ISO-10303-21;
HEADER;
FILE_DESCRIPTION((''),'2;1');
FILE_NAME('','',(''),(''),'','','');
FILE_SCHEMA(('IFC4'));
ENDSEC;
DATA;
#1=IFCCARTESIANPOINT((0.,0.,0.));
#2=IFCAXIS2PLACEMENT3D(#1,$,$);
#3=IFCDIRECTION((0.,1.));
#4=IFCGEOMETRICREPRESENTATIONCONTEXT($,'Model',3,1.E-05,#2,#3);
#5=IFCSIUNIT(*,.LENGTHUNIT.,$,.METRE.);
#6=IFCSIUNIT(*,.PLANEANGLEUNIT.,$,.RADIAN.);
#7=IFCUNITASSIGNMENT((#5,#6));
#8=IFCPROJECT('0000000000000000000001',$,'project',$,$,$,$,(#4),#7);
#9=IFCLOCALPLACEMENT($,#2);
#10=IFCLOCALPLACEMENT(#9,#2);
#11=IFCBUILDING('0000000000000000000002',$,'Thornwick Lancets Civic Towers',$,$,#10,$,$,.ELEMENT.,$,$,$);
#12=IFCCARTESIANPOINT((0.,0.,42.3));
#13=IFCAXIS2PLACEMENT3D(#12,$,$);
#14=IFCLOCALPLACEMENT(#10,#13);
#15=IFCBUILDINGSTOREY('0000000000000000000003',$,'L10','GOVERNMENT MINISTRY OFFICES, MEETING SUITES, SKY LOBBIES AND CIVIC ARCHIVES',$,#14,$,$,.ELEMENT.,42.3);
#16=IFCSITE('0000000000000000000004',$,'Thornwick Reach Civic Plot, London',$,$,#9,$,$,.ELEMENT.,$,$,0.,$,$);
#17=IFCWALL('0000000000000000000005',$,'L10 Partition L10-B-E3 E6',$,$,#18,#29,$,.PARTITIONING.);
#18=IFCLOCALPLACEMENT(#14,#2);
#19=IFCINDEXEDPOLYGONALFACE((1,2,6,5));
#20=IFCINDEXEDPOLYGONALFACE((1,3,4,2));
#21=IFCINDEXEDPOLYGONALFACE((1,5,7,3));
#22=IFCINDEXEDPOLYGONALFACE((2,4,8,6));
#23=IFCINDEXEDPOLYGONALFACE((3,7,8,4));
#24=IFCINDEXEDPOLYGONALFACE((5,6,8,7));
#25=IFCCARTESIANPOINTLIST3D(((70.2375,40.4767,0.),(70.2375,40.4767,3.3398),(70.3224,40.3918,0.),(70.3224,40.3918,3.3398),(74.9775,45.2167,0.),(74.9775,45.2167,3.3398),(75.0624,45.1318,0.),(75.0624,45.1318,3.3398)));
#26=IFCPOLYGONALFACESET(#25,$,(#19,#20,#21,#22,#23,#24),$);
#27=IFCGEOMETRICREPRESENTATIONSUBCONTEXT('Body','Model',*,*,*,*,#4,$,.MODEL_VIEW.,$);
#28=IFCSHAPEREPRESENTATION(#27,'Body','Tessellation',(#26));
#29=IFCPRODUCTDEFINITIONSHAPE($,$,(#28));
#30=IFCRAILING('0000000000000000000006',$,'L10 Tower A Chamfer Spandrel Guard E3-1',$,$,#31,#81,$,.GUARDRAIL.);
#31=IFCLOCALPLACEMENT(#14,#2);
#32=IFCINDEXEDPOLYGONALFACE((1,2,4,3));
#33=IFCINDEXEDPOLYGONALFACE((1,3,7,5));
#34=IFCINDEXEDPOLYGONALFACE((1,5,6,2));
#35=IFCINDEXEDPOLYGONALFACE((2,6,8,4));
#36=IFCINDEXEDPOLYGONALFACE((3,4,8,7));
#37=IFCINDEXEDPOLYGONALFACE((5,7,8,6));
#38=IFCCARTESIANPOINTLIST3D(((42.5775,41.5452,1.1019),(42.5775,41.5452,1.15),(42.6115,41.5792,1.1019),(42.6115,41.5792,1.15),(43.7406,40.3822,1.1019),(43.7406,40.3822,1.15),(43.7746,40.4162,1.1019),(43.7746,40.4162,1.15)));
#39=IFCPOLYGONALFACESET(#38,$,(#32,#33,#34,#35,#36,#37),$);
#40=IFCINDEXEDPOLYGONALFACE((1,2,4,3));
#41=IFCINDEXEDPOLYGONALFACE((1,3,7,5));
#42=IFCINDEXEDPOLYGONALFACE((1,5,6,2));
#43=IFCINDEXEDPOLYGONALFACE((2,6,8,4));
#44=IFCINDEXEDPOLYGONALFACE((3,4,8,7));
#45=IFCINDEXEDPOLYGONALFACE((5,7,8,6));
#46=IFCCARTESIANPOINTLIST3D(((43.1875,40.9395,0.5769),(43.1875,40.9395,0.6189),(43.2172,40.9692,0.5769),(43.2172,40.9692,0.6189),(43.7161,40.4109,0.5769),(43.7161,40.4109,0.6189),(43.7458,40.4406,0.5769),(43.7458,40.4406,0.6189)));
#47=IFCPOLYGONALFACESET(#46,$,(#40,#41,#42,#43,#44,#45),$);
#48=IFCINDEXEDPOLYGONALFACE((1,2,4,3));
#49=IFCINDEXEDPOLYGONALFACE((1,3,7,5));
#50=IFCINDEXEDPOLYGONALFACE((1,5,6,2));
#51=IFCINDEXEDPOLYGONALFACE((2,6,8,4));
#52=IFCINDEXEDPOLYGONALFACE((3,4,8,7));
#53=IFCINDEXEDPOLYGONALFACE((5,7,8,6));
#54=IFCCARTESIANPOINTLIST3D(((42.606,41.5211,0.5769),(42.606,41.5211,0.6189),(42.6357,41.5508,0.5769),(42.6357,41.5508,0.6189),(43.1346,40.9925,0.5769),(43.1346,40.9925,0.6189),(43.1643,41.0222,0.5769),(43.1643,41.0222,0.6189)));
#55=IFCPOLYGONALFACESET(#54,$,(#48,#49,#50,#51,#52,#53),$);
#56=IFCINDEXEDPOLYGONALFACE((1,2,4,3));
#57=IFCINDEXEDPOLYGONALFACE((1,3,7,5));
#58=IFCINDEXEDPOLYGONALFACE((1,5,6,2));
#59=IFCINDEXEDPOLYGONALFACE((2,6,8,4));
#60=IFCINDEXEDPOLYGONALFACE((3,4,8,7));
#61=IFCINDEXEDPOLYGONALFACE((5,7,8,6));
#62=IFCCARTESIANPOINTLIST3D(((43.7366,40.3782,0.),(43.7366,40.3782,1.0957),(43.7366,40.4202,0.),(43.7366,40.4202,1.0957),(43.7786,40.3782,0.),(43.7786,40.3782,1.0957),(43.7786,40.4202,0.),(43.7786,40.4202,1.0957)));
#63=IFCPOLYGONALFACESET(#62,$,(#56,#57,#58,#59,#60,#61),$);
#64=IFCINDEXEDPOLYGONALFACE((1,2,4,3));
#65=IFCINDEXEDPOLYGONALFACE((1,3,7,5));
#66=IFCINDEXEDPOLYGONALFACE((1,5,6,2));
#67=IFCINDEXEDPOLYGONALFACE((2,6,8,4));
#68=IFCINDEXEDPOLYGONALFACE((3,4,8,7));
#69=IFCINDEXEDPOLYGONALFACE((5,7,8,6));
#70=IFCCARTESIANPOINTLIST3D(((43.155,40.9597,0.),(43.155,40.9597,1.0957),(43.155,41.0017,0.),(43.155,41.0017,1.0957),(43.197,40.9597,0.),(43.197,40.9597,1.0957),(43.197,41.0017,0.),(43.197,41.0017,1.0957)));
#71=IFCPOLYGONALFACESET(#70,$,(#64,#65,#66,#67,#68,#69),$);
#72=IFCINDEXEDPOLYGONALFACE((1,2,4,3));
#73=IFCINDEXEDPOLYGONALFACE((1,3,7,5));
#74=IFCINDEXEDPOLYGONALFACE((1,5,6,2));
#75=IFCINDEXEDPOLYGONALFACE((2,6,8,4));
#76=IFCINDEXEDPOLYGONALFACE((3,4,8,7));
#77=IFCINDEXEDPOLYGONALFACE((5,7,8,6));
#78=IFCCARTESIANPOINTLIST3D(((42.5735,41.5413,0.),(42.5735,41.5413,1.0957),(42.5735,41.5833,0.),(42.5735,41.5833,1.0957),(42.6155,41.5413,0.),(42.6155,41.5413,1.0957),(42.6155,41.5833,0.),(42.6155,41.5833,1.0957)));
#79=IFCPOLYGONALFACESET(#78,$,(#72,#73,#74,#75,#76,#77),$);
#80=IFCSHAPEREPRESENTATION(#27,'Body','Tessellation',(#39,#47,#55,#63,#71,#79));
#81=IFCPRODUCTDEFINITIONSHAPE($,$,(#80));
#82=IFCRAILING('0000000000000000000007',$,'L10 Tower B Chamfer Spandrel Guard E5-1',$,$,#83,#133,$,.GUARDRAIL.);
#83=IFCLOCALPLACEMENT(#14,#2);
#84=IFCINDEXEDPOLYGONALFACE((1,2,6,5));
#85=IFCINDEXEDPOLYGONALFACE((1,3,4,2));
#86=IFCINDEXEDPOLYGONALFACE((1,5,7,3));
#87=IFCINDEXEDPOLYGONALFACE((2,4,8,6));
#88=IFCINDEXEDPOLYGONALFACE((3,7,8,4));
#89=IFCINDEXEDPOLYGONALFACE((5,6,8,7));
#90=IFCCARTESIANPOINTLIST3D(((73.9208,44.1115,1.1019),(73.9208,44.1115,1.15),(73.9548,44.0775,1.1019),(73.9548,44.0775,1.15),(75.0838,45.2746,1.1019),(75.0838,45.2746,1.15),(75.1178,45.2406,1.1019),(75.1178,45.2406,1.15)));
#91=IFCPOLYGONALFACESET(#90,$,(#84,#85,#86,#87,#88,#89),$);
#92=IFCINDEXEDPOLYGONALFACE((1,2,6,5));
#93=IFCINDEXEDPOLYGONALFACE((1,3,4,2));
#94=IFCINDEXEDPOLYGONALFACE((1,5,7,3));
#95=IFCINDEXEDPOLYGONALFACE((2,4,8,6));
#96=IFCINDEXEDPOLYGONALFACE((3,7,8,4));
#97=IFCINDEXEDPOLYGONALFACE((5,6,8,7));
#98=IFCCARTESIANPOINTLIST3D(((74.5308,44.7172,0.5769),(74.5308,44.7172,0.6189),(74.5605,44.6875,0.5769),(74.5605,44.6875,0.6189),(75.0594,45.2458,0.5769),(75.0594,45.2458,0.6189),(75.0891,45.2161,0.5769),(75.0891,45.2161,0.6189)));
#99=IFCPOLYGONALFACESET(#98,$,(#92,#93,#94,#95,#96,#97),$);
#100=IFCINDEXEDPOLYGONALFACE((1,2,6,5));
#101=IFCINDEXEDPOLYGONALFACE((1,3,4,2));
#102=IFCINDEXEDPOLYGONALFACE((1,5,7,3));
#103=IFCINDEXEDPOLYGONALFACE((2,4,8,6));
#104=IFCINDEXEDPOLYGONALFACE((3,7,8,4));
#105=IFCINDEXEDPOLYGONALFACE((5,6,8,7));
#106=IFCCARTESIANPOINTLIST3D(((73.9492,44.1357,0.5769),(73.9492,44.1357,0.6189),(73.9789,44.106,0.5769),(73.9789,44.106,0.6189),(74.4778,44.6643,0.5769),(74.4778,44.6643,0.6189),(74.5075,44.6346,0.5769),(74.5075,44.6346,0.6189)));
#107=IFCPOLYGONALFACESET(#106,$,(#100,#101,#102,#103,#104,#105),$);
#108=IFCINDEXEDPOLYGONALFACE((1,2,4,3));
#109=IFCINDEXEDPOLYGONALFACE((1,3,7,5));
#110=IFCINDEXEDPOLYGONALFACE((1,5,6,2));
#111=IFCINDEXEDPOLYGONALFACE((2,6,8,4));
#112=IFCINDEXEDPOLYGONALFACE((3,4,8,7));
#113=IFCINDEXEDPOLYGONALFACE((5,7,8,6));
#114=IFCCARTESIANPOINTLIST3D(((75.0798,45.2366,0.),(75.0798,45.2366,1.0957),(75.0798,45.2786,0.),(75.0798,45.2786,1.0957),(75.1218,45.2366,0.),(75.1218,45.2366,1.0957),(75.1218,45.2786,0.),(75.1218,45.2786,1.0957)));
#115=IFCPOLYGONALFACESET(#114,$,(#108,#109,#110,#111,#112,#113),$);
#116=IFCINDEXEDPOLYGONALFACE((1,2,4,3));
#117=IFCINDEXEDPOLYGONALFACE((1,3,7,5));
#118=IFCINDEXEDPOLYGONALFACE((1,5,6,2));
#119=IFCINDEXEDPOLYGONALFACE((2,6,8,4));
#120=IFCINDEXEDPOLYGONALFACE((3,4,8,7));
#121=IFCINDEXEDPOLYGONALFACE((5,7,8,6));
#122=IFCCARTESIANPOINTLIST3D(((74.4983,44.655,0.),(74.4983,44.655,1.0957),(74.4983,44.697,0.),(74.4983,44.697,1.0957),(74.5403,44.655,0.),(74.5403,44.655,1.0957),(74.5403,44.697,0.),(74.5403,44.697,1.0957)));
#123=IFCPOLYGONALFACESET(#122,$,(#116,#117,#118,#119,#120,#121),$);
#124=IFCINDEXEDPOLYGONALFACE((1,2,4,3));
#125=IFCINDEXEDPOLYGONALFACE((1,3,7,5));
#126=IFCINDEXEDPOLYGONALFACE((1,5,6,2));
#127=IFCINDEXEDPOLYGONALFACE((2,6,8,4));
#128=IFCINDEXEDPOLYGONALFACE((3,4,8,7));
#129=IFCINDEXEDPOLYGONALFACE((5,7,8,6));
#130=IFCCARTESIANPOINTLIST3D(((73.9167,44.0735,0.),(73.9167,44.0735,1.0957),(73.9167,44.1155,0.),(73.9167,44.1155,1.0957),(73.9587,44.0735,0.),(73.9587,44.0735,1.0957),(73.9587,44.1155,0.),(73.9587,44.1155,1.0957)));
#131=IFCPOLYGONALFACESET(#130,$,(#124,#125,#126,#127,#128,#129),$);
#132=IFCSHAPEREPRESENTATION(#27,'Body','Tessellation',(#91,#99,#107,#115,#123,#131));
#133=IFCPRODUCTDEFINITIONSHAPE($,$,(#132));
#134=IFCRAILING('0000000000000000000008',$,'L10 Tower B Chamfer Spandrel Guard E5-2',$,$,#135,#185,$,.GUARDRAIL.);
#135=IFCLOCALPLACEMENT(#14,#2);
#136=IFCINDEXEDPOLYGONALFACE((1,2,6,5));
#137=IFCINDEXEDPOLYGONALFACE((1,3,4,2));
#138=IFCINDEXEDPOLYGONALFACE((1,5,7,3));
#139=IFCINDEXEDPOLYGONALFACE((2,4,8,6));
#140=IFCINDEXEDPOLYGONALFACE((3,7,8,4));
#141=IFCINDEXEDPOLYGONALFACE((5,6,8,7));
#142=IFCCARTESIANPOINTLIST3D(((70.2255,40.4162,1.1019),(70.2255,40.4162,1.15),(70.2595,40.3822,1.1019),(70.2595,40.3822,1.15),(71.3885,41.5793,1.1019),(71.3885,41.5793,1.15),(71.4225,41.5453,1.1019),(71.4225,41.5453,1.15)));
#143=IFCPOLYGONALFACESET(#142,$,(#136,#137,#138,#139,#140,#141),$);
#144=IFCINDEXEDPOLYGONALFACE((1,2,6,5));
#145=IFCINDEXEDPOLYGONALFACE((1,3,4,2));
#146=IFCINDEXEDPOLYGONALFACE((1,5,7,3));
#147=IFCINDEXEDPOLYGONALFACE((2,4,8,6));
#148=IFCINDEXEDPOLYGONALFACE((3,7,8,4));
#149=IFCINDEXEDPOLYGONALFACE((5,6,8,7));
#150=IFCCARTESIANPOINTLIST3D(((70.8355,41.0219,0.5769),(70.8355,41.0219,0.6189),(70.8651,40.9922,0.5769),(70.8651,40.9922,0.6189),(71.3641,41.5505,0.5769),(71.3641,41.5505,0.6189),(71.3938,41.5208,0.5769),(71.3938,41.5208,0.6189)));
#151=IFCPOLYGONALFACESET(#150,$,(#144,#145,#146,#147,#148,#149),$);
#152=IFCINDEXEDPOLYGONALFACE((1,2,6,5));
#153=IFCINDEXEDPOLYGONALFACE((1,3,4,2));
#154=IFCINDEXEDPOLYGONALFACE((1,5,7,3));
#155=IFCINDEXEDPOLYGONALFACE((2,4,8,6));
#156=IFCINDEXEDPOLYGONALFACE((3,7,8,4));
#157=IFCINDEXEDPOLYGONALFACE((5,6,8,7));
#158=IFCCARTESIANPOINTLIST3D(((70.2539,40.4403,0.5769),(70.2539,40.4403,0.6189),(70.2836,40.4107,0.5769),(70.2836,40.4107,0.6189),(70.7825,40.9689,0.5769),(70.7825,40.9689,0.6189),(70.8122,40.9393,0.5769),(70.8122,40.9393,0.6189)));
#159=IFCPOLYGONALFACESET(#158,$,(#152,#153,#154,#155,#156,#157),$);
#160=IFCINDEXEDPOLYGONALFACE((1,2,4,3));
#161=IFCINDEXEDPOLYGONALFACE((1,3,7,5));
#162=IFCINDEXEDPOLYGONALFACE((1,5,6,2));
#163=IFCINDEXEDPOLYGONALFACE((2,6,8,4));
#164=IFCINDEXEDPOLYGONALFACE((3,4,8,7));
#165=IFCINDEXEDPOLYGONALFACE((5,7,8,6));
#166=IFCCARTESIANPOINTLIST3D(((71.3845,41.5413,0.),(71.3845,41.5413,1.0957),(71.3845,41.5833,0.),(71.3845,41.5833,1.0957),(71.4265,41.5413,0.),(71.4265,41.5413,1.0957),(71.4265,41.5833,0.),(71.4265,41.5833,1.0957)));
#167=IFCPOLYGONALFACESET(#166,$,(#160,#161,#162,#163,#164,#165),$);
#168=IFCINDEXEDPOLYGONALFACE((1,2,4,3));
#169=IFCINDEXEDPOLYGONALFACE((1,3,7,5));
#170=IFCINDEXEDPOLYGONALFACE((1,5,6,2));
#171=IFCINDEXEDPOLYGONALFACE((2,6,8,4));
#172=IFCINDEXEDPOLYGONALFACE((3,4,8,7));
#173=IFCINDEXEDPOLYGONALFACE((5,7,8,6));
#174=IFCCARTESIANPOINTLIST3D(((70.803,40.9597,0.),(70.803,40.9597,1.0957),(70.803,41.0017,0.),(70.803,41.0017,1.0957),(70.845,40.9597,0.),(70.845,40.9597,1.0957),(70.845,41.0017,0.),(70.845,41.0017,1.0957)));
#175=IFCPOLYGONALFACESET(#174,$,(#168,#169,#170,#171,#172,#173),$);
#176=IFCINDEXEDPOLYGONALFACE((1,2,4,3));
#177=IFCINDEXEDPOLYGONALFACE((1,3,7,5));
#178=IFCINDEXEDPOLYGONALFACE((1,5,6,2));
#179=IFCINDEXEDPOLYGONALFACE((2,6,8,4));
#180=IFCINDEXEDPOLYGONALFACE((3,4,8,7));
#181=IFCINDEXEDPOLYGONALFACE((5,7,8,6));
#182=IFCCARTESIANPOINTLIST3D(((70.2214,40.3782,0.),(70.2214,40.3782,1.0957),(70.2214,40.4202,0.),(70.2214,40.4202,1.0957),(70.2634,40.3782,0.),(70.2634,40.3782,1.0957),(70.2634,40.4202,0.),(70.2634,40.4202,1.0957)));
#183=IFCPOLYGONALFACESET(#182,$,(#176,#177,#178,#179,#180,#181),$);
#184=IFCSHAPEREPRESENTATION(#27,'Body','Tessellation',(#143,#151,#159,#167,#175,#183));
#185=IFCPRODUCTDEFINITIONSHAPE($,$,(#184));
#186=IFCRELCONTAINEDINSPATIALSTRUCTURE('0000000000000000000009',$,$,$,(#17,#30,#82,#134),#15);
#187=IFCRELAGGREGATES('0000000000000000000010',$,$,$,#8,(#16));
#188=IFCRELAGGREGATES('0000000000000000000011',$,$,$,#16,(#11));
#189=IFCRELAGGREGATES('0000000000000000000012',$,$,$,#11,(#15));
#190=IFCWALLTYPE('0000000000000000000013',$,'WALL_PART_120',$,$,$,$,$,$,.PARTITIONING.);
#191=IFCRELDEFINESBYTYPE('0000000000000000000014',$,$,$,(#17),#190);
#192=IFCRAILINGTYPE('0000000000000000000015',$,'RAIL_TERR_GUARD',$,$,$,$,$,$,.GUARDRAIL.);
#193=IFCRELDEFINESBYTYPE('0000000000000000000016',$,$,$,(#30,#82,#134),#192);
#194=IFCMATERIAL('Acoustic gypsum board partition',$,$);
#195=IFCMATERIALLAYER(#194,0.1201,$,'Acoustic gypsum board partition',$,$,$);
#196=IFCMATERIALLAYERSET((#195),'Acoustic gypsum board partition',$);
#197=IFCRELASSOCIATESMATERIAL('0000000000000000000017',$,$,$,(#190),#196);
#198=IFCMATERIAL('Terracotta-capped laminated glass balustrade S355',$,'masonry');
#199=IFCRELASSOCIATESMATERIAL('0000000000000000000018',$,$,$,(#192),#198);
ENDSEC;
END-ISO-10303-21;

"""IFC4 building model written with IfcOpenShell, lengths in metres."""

from ifc_helpers import new_model, si_unit, direction, frame, frame_2d, origin, origin_2d, place, context, subcontext, project, spatial, rectangle, extrude, material, layer, layer_set, type_object, element, save


model = new_model("IFC4")

# Units and contexts
model_context = context("Model", 3, precision=1e-05, world=origin(), true_north=direction((0.0, 1.0)))
body_context = subcontext(model_context, "Body", "Model", "MODEL_VIEW")
ifc_project = project(units=[si_unit("LENGTHUNIT", "METRE"), si_unit("PLANEANGLEUNIT", "RADIAN")], contexts=[model_context])

# Site, building, storey
site_placement = place(None, origin())
site = spatial("IfcSite", under=ifc_project, at=site_placement, Name="Thornwick Reach Civic Plot, London", CompositionType="ELEMENT", RefElevation=0.0)
building_placement = place(site_placement, origin())
building = spatial("IfcBuilding", under=site, at=building_placement, Name="Thornwick Lancets Civic Towers", CompositionType="ELEMENT")
storey_placement = place(building_placement, frame((0.0, 0.0, 42.3)))
storey = spatial("IfcBuildingStorey", under=building, at=storey_placement, Name="L10", Description="GOVERNMENT MINISTRY OFFICES, MEETING SUITES, SKY LOBBIES AND CIVIC ARCHIVES", CompositionType="ELEMENT", Elevation=42.3)

# Wall
ifc_material_1 = material(Name="Acoustic gypsum board partition")
ifc_layer_1 = layer(ifc_material_1, 0.1201, Name="Acoustic gypsum board partition")
ifc_layer_set_1 = layer_set([ifc_layer_1], Name="Acoustic gypsum board partition")
wall_type_1 = type_object("IfcWallType", Name="WALL_PART_120", PredefinedType="PARTITIONING", material=ifc_layer_set_1)
wall_1_placement = place(storey_placement, frame((70.28, 40.4343, 0.0), z_axis=(0.0, 0.0, 1.0), x_axis=(0.707107, 0.707107, 0.0)))
element("IfcWall", 1, at=wall_1_placement, inside=storey, type_object=wall_type_1, Name="L10 Partition L10-B-E3 E6", PredefinedType="PARTITIONING", context=body_context, shape_type="SweptSolid", body=[
    extrude(rectangle(XDim=6.7034, YDim=0.1201, at=frame_2d((3.3516, 0.0))), origin(), (0.0, 0.0, 1.0), 3.3398),
])

# Railings
ifc_material_2 = material(Name="Terracotta-capped laminated glass balustrade S355", Category="masonry")
railing_type = type_object("IfcRailingType", Name="RAIL_TERR_GUARD", PredefinedType="GUARDRAIL", material=ifc_material_2)
railing_placement = place(storey_placement, frame((43.7576, 40.3992, 0.0)))
element("IfcRailing", 2, at=railing_placement, inside=storey, type_object=railing_type, Name="L10 Tower A Chamfer Spandrel Guard E3-1", PredefinedType="GUARDRAIL", context=body_context, shape_type="SweptSolid", body=[
    extrude(rectangle(XDim=0.0481, YDim=0.0481, at=origin_2d()), frame((0.0, 0.0, 1.126), z_axis=(-0.707107, 0.707107, 0.0), x_axis=(-0.707107, -0.707107, 0.0)), (0.0, 0.0, 1.0), 1.6448),
    extrude(rectangle(XDim=0.042, YDim=0.042, at=origin_2d()), frame((-0.0266, 0.0266, 0.5979), z_axis=(-0.707107, 0.707107, 0.0), x_axis=(-0.707107, -0.707107, 0.0)), (0.0, 0.0, 1.0), 0.7476),
    extrude(rectangle(XDim=0.042, YDim=0.042, at=origin_2d()), frame((-0.6082, 0.6082, 0.5979), z_axis=(-0.707107, 0.707107, 0.0), x_axis=(-0.707107, -0.707107, 0.0)), (0.0, 0.0, 1.0), 0.7476),
    extrude(rectangle(XDim=0.042, YDim=0.042, at=origin_2d()), origin(), (0.0, 0.0, 1.0), 1.0957),
    extrude(rectangle(XDim=0.042, YDim=0.042, at=origin_2d()), frame((-0.5815, 0.5815, 0.0)), (0.0, 0.0, 1.0), 1.0957),
    extrude(rectangle(XDim=0.042, YDim=0.042, at=origin_2d()), frame((-1.1631, 1.1631, 0.0)), (0.0, 0.0, 1.0), 1.0957),
])
for number, where, name in (
    (3, (75.1008, 45.2576, 0.0), "L10 Tower B Chamfer Spandrel Guard E5-1"),
    (4, (71.4055, 41.5623, 0.0), "L10 Tower B Chamfer Spandrel Guard E5-2"),
):
    element("IfcRailing", number, at=place(storey_placement, frame(where)), inside=storey, type_object=railing_type, Name=name, PredefinedType="GUARDRAIL", context=body_context, shape_type="SweptSolid", body=[
        extrude(rectangle(XDim=0.0481, YDim=0.0481, at=origin_2d()), frame((0.0, 0.0, 1.126), z_axis=(-0.707107, -0.707107, 0.0), x_axis=(0.707107, -0.707107, 0.0)), (0.0, 0.0, 1.0), 1.6448),
        extrude(rectangle(XDim=0.042, YDim=0.042, at=origin_2d()), frame((-0.0266, -0.0266, 0.5979), z_axis=(-0.707107, -0.707107, 0.0), x_axis=(0.707107, -0.707107, 0.0)), (0.0, 0.0, 1.0), 0.7476),
        extrude(rectangle(XDim=0.042, YDim=0.042, at=origin_2d()), frame((-0.6082, -0.6082, 0.5979), z_axis=(-0.707107, -0.707107, 0.0), x_axis=(0.707107, -0.707107, 0.0)), (0.0, 0.0, 1.0), 0.7476),
        extrude(rectangle(XDim=0.042, YDim=0.042, at=origin_2d()), origin(), (0.0, 0.0, 1.0), 1.0957),
        extrude(rectangle(XDim=0.042, YDim=0.042, at=origin_2d()), frame((-0.5815, -0.5815, 0.0)), (0.0, 0.0, 1.0), 1.0957),
        extrude(rectangle(XDim=0.042, YDim=0.042, at=origin_2d()), frame((-1.1631, -1.1631, 0.0)), (0.0, 0.0, 1.0), 1.0957),
    ])

save(model, "model.ifc")
